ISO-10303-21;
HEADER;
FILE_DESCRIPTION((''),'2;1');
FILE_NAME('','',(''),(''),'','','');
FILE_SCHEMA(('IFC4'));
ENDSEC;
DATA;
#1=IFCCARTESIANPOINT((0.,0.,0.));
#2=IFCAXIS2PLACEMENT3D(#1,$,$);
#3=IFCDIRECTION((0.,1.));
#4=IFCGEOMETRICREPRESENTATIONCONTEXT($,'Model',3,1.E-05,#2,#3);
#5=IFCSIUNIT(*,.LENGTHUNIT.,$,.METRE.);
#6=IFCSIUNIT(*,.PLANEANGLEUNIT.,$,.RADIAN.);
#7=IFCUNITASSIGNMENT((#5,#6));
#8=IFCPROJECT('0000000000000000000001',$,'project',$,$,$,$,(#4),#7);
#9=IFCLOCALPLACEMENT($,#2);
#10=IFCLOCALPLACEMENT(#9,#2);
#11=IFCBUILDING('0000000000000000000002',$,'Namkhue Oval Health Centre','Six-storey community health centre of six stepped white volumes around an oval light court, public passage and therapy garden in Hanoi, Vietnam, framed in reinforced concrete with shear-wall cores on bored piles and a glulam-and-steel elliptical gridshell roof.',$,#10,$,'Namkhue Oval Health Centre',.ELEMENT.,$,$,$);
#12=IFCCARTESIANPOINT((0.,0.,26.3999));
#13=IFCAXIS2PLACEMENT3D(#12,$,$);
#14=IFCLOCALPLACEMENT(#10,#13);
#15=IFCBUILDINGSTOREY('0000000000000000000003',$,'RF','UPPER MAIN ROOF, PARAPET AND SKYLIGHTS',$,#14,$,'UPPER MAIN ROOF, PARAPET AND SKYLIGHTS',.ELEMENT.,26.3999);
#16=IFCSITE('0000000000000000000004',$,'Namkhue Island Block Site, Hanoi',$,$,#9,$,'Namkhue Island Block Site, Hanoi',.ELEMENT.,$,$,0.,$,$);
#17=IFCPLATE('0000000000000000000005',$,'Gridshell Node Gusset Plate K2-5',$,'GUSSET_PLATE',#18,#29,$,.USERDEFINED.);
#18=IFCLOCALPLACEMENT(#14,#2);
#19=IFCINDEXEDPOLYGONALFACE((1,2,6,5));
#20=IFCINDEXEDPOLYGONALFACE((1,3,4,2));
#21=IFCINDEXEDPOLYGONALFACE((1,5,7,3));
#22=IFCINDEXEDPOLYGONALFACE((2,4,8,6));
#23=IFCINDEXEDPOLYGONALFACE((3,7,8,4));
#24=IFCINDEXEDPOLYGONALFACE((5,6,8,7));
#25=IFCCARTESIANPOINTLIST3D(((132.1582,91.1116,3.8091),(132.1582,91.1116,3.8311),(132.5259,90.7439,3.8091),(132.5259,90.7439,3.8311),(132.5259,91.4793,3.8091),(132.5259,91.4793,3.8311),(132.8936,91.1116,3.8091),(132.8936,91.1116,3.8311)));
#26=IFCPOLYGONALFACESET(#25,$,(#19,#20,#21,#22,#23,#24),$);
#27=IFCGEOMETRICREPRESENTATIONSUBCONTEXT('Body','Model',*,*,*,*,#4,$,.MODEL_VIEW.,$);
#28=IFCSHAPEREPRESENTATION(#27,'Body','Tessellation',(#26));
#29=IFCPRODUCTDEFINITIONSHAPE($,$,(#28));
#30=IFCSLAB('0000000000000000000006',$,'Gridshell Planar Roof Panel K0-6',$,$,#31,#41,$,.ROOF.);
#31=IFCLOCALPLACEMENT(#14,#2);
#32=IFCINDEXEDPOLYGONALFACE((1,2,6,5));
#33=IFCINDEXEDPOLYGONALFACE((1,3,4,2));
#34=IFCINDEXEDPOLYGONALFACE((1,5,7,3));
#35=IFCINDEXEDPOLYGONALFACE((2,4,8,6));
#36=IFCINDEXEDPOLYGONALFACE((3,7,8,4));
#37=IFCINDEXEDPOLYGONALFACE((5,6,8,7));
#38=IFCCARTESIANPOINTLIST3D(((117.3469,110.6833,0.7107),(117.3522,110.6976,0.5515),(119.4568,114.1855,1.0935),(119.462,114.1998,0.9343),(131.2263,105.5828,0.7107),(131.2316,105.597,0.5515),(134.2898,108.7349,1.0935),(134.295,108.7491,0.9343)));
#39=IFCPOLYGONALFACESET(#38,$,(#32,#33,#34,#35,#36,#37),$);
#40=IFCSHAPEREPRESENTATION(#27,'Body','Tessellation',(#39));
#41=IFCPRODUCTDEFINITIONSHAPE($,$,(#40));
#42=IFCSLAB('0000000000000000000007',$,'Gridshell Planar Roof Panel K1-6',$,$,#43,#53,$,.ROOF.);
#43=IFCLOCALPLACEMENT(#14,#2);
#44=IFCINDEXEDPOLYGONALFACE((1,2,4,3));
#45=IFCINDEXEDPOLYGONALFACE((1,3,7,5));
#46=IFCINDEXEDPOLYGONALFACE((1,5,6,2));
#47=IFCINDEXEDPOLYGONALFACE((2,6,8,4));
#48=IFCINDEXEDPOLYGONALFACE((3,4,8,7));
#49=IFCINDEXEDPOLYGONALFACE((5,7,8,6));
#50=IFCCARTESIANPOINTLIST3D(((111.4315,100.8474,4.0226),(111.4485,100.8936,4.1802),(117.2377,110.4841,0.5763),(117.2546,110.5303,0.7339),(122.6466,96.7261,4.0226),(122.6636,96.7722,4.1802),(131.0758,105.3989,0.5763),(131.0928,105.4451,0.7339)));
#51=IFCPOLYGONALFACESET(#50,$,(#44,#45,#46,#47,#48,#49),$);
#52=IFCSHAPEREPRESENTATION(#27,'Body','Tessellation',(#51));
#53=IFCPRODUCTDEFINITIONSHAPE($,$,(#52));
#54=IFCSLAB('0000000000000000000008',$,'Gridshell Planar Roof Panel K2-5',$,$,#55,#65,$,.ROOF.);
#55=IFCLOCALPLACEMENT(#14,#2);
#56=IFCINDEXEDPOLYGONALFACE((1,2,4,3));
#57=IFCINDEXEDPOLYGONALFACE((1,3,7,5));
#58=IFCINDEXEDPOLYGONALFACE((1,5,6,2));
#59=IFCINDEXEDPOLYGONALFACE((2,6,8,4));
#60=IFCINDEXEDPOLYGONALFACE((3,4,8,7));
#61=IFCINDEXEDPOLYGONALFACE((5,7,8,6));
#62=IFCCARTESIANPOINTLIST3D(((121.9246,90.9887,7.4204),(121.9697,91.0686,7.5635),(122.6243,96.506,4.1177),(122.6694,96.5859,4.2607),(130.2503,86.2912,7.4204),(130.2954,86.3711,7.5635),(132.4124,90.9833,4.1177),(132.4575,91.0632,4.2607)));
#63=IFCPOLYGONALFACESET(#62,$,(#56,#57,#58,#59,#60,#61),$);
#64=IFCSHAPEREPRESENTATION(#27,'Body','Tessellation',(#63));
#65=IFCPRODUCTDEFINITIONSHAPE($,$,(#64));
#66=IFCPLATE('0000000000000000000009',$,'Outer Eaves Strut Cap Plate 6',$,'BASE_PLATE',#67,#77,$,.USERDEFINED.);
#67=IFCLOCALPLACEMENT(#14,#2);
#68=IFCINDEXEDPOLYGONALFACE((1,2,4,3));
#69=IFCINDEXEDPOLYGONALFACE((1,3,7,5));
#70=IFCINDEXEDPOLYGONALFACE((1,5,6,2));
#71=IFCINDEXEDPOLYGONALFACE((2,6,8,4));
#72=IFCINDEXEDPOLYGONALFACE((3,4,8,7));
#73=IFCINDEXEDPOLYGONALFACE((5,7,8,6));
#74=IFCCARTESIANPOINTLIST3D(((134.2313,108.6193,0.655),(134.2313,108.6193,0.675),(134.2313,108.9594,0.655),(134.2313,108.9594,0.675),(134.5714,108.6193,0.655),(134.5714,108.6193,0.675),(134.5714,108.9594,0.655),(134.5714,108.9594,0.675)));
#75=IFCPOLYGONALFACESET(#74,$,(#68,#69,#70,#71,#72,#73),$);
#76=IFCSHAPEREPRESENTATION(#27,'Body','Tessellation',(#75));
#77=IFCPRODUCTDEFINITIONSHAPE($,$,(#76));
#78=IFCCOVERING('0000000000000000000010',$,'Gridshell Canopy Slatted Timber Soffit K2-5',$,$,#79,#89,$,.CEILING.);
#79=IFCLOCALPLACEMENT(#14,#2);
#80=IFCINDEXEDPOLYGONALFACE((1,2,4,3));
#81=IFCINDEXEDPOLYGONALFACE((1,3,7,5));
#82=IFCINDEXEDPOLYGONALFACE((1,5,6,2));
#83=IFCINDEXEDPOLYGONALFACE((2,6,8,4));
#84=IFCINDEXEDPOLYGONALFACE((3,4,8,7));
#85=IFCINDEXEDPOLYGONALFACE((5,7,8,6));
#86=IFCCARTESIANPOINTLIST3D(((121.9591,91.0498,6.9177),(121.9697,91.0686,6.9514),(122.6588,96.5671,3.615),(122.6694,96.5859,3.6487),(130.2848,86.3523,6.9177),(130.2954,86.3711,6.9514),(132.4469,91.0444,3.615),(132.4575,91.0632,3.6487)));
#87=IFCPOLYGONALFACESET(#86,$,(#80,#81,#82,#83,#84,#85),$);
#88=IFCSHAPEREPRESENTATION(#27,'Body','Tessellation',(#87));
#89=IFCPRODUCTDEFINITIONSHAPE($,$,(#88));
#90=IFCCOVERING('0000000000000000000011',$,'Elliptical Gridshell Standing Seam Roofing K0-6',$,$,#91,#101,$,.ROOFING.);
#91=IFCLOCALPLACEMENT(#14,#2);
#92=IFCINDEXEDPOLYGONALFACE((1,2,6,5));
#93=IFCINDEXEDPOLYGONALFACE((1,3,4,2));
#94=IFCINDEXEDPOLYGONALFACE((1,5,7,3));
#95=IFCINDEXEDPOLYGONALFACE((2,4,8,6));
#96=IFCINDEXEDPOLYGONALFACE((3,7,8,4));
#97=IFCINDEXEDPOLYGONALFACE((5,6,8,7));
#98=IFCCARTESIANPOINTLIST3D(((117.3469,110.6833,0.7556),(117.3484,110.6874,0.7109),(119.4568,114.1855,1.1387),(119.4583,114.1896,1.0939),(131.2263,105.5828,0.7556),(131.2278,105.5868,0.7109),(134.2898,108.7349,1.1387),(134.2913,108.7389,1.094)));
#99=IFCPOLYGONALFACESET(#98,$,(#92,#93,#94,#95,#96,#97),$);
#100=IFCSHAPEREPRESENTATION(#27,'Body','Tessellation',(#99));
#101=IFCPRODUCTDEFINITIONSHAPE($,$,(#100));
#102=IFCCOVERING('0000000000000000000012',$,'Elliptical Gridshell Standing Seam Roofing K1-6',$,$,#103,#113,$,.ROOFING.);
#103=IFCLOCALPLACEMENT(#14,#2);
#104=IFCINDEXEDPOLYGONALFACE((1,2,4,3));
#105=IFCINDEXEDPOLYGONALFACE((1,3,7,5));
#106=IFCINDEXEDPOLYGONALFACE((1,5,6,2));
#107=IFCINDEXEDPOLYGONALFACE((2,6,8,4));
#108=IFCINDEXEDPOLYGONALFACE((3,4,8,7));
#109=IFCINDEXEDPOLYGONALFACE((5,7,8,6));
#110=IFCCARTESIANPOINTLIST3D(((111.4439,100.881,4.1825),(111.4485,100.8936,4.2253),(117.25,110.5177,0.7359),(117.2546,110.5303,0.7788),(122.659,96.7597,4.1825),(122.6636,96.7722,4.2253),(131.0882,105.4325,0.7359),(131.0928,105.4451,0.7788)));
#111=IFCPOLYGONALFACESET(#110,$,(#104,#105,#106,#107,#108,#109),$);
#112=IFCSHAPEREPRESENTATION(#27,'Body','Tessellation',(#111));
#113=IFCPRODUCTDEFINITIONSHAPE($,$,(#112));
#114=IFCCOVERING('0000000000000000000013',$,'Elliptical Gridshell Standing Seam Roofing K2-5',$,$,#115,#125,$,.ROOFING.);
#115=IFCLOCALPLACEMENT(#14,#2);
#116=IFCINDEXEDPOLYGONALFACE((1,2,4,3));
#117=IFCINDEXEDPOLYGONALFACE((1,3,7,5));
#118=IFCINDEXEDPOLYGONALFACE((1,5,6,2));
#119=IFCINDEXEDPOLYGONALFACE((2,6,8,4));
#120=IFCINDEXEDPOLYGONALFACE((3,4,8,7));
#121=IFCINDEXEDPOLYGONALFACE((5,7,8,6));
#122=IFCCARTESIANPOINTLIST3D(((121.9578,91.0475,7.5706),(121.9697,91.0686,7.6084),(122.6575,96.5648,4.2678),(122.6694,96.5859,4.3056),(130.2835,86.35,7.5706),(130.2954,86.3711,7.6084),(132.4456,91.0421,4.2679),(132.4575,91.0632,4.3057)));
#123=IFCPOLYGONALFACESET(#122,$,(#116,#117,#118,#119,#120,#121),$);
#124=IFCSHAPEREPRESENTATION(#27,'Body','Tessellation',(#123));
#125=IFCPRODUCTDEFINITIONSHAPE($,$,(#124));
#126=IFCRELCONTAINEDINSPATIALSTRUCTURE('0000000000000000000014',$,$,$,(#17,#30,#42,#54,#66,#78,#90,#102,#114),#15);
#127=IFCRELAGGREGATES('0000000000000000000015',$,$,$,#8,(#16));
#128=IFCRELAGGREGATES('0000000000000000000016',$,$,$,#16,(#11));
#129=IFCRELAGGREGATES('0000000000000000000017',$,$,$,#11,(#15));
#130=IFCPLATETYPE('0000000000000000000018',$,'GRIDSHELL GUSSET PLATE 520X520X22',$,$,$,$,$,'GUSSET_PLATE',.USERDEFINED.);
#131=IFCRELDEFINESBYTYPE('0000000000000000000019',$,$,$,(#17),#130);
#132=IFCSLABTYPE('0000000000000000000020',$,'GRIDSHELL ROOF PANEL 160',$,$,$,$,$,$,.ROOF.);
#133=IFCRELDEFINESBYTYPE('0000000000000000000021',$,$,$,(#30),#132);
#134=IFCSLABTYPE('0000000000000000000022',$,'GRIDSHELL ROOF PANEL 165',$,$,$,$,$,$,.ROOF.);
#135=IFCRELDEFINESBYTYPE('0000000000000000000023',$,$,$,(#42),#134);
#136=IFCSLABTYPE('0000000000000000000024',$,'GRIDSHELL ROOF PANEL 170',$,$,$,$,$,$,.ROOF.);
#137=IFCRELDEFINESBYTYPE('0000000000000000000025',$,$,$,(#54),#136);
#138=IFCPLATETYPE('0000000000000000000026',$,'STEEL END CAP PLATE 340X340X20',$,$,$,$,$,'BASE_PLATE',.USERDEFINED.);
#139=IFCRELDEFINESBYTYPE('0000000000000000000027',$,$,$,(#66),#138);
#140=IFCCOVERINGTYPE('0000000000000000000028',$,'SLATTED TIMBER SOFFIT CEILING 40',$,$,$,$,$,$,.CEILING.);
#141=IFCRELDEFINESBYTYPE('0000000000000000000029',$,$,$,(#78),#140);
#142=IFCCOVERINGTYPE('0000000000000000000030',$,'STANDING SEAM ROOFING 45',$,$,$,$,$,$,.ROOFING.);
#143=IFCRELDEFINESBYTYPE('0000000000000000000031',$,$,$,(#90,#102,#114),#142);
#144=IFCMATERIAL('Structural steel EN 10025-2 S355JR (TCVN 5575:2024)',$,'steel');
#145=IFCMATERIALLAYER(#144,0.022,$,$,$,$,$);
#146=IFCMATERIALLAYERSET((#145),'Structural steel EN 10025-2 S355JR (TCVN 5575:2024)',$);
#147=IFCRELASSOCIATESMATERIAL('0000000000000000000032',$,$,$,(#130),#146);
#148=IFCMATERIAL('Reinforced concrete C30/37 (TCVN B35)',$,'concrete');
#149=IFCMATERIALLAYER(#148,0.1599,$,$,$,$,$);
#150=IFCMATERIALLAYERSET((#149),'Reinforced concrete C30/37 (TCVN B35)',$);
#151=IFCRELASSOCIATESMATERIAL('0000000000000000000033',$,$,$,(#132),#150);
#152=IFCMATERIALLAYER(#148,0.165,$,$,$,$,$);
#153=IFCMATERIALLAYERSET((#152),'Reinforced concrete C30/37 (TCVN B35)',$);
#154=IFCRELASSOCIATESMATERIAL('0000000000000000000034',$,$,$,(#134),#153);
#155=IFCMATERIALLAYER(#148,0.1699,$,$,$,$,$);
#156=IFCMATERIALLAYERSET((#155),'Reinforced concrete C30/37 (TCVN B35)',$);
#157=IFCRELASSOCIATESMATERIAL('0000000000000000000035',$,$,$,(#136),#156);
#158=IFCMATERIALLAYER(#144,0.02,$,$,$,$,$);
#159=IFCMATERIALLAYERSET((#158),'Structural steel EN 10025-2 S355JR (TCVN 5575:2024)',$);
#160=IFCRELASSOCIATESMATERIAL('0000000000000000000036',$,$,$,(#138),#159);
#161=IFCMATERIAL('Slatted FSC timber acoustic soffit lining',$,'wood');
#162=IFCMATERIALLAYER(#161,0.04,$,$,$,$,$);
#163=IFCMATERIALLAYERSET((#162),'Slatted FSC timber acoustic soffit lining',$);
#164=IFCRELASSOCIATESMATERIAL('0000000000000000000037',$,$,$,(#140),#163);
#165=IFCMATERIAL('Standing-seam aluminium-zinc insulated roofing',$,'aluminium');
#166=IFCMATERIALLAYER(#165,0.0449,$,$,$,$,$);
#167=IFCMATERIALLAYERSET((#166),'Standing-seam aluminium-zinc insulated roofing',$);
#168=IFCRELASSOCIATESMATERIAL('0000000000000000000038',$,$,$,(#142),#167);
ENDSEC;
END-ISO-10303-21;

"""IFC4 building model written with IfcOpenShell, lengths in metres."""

from ifc_helpers import new_model, si_unit, direction, frame, origin, origin_2d, place, context, subcontext, project, spatial, polyline, rectangle, outline, extrude, material, layer, layer_set, type_object, element, save


model = new_model("IFC4")

# Units and contexts
model_context = context("Model", 3, precision=1e-05, world=origin(), true_north=direction((0.0, 1.0)))
body_context = subcontext(model_context, "Body", "Model", "MODEL_VIEW")
ifc_project = project(units=[si_unit("LENGTHUNIT", "METRE"), si_unit("PLANEANGLEUNIT", "RADIAN")], contexts=[model_context])

# Site, building, storey
site_placement = place(None, origin())
site = spatial("IfcSite", under=ifc_project, at=site_placement, Name="Namkhue Island Block Site, Hanoi", LongName="Namkhue Island Block Site, Hanoi", CompositionType="ELEMENT", RefElevation=0.0)
building_placement = place(site_placement, origin())
building = spatial("IfcBuilding", under=site, at=building_placement, Name="Namkhue Oval Health Centre", Description="Six-storey community health centre of six stepped white volumes around an oval light court, public passage and therapy garden in Hanoi, Vietnam, framed in reinforced concrete with shear-wall cores on bored piles and a glulam-and-steel elliptical gridshell roof.", LongName="Namkhue Oval Health Centre", CompositionType="ELEMENT")
storey_placement = place(building_placement, frame((0.0, 0.0, 26.3999)))
storey = spatial("IfcBuildingStorey", under=building, at=storey_placement, Name="RF", Description="UPPER MAIN ROOF, PARAPET AND SKYLIGHTS", LongName="UPPER MAIN ROOF, PARAPET AND SKYLIGHTS", CompositionType="ELEMENT", Elevation=26.3999)

# Shared definitions
ifc_material_1 = material(Name="Structural steel EN 10025-2 S355JR (TCVN 5575:2024)", Category="steel")

# Plate
ifc_layer_1 = layer(ifc_material_1, 0.022)
ifc_layer_set_1 = layer_set([ifc_layer_1], Name="Structural steel EN 10025-2 S355JR (TCVN 5575:2024)")
plate_type_1 = type_object("IfcPlateType", Name="GRIDSHELL GUSSET PLATE 520X520X22", ElementType="GUSSET_PLATE", PredefinedType="USERDEFINED", material=ifc_layer_set_1)
plate_1_placement = place(storey_placement, frame((132.5259, 91.1116, 3.8091), z_axis=(0.0, 0.0, 1.0), x_axis=(0.707107, 0.707107, 0.0)))
element("IfcPlate", 1, at=plate_1_placement, inside=storey, type_object=plate_type_1, Name="Gridshell Node Gusset Plate K2-5", ObjectType="GUSSET_PLATE", PredefinedType="USERDEFINED", context=body_context, shape_type="SweptSolid", body=[
    extrude(rectangle(XDim=0.52, YDim=0.52, at=origin_2d()), origin(), (0.0, 0.0, 1.0), 0.022),
])

# Slabs
ifc_material_2 = material(Name="Reinforced concrete C30/37 (TCVN B35)", Category="concrete")
ifc_layer_2 = layer(ifc_material_2, 0.1599)
ifc_layer_set_2 = layer_set([ifc_layer_2], Name="Reinforced concrete C30/37 (TCVN B35)")
slab_type_1 = type_object("IfcSlabType", Name="GRIDSHELL ROOF PANEL 160", PredefinedType="ROOF", material=ifc_layer_set_2)
slab_1_placement = place(storey_placement, frame((134.2898, 108.7349, 1.0935), z_axis=(-0.032738, -0.089086, 0.995486), x_axis=(-0.938632, 0.344919, -0.000001)))
element("IfcSlab", 2, at=slab_1_placement, inside=storey, type_object=slab_type_1, Name="Gridshell Planar Roof Panel K0-6", PredefinedType="ROOF", context=body_context, shape_type="SweptSolid", body=[
    extrude(outline(polyline([(0.0, 0.0), (15.8028, 0.0), (16.5752, 4.0332), (1.7883, 4.0335), (0.0, 0.0)])), origin(), (0.0, 0.0, -1.0), 0.1599),
])
ifc_layer_3 = layer(ifc_material_2, 0.165)
ifc_layer_set_3 = layer_set([ifc_layer_3], Name="Reinforced concrete C30/37 (TCVN B35)")
slab_type_2 = type_object("IfcSlabType", Name="GRIDSHELL ROOF PANEL 165", PredefinedType="ROOF", material=ifc_layer_set_3)
slab_2_placement = place(storey_placement, frame((131.0928, 105.4451, 0.7339), z_axis=(0.102714, 0.27951, 0.954633), x_axis=(-0.93863, 0.344926, 0.0)))
element("IfcSlab", 3, at=slab_2_placement, inside=storey, type_object=slab_type_2, Name="Gridshell Planar Roof Panel K1-6", PredefinedType="ROOF", context=body_context, shape_type="SweptSolid", body=[
    extrude(outline(polyline([(0.0, 0.0), (14.7429, 0.0), (16.8688, 11.573), (4.9204, 11.5731), (0.0, 0.0)])), origin(), (0.0, 0.0, -1.0), 0.165),
])
ifc_layer_4 = layer(ifc_material_2, 0.1699)
ifc_layer_set_4 = layer_set([ifc_layer_4], Name="Reinforced concrete C30/37 (TCVN B35)")
slab_type_3 = type_object("IfcSlabType", Name="GRIDSHELL ROOF PANEL 170", PredefinedType="ROOF", material=ifc_layer_set_4)
slab_3_placement = place(storey_placement, frame((132.4575, 91.0632, 4.2607), z_axis=(0.26531, 0.470222, 0.841725), x_axis=(-0.870932, 0.491403, -0.000001)))
element("IfcSlab", 4, at=slab_3_placement, inside=storey, type_object=slab_type_3, Name="Gridshell Planar Roof Panel K2-5", PredefinedType="ROOF", context=body_context, shape_type="SweptSolid", body=[
    extrude(outline(polyline([(0.0, 0.0), (11.2386, 0.0), (9.1368, 6.1173), (-0.4227, 6.1172), (0.0, 0.0)])), origin(), (0.0, 0.0, -1.0), 0.1699),
])

# Plate
ifc_layer_5 = layer(ifc_material_1, 0.02)
ifc_layer_set_5 = layer_set([ifc_layer_5], Name="Structural steel EN 10025-2 S355JR (TCVN 5575:2024)")
plate_type_2 = type_object("IfcPlateType", Name="STEEL END CAP PLATE 340X340X20", ElementType="BASE_PLATE", PredefinedType="USERDEFINED", material=ifc_layer_set_5)
plate_2_placement = place(storey_placement, frame((134.4014, 108.7893, 0.655), z_axis=(0.0, 0.0, 1.0), x_axis=(1.0, 0.0, 0.0)))
element("IfcPlate", 5, at=plate_2_placement, inside=storey, type_object=plate_type_2, Name="Outer Eaves Strut Cap Plate 6", ObjectType="BASE_PLATE", PredefinedType="USERDEFINED", context=body_context, shape_type="SweptSolid", body=[
    extrude(rectangle(XDim=0.3401, YDim=0.3401, at=origin_2d()), origin(), (0.0, 0.0, 1.0), 0.02),
])

# Coverings
ifc_material_3 = material(Name="Slatted FSC timber acoustic soffit lining", Category="wood")
ifc_layer_6 = layer(ifc_material_3, 0.04)
ifc_layer_set_6 = layer_set([ifc_layer_6], Name="Slatted FSC timber acoustic soffit lining")
covering_type_1 = type_object("IfcCoveringType", Name="SLATTED TIMBER SOFFIT CEILING 40", PredefinedType="CEILING", material=ifc_layer_set_6)
covering_1_placement = place(storey_placement, frame((132.4575, 91.0632, 3.6487), z_axis=(0.26531, 0.470222, 0.841725), x_axis=(-0.870932, 0.491403, -0.000001)))
element("IfcCovering", 6, at=covering_1_placement, inside=storey, type_object=covering_type_1, Name="Gridshell Canopy Slatted Timber Soffit K2-5", PredefinedType="CEILING", context=body_context, shape_type="SweptSolid", body=[
    extrude(outline(polyline([(0.0, 0.0), (11.2386, 0.0), (9.1368, 6.1173), (-0.4227, 6.1172), (0.0, 0.0)])), origin(), (0.0, 0.0, -1.0), 0.04),
])
ifc_material_4 = material(Name="Standing-seam aluminium-zinc insulated roofing", Category="aluminium")
ifc_layer_7 = layer(ifc_material_4, 0.0449)
ifc_layer_set_7 = layer_set([ifc_layer_7], Name="Standing-seam aluminium-zinc insulated roofing")
covering_type_2 = type_object("IfcCoveringType", Name="STANDING SEAM ROOFING 45", PredefinedType="ROOFING", material=ifc_layer_set_7)
covering_2_placement = place(storey_placement, frame((134.2898, 108.7349, 1.1387), z_axis=(-0.032758, -0.089143, 0.99548), x_axis=(-0.938632, 0.344919, -0.000001)))
element("IfcCovering", 7, at=covering_2_placement, inside=storey, type_object=covering_type_2, Name="Elliptical Gridshell Standing Seam Roofing K0-6", PredefinedType="ROOFING", context=body_context, shape_type="SweptSolid", body=[
    extrude(outline(polyline([(0.0, 0.0), (15.8028, 0.0), (16.5752, 4.0332), (1.7883, 4.0335), (0.0, 0.0)])), origin(), (0.0, 0.0, -1.0), 0.0449),
])
covering_3_placement = place(storey_placement, frame((131.0928, 105.4451, 0.7788), z_axis=(0.102721, 0.279528, 0.954627), x_axis=(-0.93863, 0.344926, 0.0)))
element("IfcCovering", 8, at=covering_3_placement, inside=storey, type_object=covering_type_2, Name="Elliptical Gridshell Standing Seam Roofing K1-6", PredefinedType="ROOFING", context=body_context, shape_type="SweptSolid", body=[
    extrude(outline(polyline([(0.0, 0.0), (14.7429, 0.0), (16.8688, 11.5731), (4.9204, 11.5732), (0.0, 0.0)])), origin(), (0.0, 0.0, -1.0), 0.0449),
])
covering_4_placement = place(storey_placement, frame((132.4575, 91.0632, 4.3057), z_axis=(0.26531, 0.470222, 0.841725), x_axis=(-0.870932, 0.491403, -0.000001)))
element("IfcCovering", 9, at=covering_4_placement, inside=storey, type_object=covering_type_2, Name="Elliptical Gridshell Standing Seam Roofing K2-5", PredefinedType="ROOFING", context=body_context, shape_type="SweptSolid", body=[
    extrude(outline(polyline([(0.0, 0.0), (11.2386, 0.0), (9.1368, 6.1173), (-0.4227, 6.1172), (0.0, 0.0)])), origin(), (0.0, 0.0, -1.0), 0.0449),
])

save(model, "model.ifc")
